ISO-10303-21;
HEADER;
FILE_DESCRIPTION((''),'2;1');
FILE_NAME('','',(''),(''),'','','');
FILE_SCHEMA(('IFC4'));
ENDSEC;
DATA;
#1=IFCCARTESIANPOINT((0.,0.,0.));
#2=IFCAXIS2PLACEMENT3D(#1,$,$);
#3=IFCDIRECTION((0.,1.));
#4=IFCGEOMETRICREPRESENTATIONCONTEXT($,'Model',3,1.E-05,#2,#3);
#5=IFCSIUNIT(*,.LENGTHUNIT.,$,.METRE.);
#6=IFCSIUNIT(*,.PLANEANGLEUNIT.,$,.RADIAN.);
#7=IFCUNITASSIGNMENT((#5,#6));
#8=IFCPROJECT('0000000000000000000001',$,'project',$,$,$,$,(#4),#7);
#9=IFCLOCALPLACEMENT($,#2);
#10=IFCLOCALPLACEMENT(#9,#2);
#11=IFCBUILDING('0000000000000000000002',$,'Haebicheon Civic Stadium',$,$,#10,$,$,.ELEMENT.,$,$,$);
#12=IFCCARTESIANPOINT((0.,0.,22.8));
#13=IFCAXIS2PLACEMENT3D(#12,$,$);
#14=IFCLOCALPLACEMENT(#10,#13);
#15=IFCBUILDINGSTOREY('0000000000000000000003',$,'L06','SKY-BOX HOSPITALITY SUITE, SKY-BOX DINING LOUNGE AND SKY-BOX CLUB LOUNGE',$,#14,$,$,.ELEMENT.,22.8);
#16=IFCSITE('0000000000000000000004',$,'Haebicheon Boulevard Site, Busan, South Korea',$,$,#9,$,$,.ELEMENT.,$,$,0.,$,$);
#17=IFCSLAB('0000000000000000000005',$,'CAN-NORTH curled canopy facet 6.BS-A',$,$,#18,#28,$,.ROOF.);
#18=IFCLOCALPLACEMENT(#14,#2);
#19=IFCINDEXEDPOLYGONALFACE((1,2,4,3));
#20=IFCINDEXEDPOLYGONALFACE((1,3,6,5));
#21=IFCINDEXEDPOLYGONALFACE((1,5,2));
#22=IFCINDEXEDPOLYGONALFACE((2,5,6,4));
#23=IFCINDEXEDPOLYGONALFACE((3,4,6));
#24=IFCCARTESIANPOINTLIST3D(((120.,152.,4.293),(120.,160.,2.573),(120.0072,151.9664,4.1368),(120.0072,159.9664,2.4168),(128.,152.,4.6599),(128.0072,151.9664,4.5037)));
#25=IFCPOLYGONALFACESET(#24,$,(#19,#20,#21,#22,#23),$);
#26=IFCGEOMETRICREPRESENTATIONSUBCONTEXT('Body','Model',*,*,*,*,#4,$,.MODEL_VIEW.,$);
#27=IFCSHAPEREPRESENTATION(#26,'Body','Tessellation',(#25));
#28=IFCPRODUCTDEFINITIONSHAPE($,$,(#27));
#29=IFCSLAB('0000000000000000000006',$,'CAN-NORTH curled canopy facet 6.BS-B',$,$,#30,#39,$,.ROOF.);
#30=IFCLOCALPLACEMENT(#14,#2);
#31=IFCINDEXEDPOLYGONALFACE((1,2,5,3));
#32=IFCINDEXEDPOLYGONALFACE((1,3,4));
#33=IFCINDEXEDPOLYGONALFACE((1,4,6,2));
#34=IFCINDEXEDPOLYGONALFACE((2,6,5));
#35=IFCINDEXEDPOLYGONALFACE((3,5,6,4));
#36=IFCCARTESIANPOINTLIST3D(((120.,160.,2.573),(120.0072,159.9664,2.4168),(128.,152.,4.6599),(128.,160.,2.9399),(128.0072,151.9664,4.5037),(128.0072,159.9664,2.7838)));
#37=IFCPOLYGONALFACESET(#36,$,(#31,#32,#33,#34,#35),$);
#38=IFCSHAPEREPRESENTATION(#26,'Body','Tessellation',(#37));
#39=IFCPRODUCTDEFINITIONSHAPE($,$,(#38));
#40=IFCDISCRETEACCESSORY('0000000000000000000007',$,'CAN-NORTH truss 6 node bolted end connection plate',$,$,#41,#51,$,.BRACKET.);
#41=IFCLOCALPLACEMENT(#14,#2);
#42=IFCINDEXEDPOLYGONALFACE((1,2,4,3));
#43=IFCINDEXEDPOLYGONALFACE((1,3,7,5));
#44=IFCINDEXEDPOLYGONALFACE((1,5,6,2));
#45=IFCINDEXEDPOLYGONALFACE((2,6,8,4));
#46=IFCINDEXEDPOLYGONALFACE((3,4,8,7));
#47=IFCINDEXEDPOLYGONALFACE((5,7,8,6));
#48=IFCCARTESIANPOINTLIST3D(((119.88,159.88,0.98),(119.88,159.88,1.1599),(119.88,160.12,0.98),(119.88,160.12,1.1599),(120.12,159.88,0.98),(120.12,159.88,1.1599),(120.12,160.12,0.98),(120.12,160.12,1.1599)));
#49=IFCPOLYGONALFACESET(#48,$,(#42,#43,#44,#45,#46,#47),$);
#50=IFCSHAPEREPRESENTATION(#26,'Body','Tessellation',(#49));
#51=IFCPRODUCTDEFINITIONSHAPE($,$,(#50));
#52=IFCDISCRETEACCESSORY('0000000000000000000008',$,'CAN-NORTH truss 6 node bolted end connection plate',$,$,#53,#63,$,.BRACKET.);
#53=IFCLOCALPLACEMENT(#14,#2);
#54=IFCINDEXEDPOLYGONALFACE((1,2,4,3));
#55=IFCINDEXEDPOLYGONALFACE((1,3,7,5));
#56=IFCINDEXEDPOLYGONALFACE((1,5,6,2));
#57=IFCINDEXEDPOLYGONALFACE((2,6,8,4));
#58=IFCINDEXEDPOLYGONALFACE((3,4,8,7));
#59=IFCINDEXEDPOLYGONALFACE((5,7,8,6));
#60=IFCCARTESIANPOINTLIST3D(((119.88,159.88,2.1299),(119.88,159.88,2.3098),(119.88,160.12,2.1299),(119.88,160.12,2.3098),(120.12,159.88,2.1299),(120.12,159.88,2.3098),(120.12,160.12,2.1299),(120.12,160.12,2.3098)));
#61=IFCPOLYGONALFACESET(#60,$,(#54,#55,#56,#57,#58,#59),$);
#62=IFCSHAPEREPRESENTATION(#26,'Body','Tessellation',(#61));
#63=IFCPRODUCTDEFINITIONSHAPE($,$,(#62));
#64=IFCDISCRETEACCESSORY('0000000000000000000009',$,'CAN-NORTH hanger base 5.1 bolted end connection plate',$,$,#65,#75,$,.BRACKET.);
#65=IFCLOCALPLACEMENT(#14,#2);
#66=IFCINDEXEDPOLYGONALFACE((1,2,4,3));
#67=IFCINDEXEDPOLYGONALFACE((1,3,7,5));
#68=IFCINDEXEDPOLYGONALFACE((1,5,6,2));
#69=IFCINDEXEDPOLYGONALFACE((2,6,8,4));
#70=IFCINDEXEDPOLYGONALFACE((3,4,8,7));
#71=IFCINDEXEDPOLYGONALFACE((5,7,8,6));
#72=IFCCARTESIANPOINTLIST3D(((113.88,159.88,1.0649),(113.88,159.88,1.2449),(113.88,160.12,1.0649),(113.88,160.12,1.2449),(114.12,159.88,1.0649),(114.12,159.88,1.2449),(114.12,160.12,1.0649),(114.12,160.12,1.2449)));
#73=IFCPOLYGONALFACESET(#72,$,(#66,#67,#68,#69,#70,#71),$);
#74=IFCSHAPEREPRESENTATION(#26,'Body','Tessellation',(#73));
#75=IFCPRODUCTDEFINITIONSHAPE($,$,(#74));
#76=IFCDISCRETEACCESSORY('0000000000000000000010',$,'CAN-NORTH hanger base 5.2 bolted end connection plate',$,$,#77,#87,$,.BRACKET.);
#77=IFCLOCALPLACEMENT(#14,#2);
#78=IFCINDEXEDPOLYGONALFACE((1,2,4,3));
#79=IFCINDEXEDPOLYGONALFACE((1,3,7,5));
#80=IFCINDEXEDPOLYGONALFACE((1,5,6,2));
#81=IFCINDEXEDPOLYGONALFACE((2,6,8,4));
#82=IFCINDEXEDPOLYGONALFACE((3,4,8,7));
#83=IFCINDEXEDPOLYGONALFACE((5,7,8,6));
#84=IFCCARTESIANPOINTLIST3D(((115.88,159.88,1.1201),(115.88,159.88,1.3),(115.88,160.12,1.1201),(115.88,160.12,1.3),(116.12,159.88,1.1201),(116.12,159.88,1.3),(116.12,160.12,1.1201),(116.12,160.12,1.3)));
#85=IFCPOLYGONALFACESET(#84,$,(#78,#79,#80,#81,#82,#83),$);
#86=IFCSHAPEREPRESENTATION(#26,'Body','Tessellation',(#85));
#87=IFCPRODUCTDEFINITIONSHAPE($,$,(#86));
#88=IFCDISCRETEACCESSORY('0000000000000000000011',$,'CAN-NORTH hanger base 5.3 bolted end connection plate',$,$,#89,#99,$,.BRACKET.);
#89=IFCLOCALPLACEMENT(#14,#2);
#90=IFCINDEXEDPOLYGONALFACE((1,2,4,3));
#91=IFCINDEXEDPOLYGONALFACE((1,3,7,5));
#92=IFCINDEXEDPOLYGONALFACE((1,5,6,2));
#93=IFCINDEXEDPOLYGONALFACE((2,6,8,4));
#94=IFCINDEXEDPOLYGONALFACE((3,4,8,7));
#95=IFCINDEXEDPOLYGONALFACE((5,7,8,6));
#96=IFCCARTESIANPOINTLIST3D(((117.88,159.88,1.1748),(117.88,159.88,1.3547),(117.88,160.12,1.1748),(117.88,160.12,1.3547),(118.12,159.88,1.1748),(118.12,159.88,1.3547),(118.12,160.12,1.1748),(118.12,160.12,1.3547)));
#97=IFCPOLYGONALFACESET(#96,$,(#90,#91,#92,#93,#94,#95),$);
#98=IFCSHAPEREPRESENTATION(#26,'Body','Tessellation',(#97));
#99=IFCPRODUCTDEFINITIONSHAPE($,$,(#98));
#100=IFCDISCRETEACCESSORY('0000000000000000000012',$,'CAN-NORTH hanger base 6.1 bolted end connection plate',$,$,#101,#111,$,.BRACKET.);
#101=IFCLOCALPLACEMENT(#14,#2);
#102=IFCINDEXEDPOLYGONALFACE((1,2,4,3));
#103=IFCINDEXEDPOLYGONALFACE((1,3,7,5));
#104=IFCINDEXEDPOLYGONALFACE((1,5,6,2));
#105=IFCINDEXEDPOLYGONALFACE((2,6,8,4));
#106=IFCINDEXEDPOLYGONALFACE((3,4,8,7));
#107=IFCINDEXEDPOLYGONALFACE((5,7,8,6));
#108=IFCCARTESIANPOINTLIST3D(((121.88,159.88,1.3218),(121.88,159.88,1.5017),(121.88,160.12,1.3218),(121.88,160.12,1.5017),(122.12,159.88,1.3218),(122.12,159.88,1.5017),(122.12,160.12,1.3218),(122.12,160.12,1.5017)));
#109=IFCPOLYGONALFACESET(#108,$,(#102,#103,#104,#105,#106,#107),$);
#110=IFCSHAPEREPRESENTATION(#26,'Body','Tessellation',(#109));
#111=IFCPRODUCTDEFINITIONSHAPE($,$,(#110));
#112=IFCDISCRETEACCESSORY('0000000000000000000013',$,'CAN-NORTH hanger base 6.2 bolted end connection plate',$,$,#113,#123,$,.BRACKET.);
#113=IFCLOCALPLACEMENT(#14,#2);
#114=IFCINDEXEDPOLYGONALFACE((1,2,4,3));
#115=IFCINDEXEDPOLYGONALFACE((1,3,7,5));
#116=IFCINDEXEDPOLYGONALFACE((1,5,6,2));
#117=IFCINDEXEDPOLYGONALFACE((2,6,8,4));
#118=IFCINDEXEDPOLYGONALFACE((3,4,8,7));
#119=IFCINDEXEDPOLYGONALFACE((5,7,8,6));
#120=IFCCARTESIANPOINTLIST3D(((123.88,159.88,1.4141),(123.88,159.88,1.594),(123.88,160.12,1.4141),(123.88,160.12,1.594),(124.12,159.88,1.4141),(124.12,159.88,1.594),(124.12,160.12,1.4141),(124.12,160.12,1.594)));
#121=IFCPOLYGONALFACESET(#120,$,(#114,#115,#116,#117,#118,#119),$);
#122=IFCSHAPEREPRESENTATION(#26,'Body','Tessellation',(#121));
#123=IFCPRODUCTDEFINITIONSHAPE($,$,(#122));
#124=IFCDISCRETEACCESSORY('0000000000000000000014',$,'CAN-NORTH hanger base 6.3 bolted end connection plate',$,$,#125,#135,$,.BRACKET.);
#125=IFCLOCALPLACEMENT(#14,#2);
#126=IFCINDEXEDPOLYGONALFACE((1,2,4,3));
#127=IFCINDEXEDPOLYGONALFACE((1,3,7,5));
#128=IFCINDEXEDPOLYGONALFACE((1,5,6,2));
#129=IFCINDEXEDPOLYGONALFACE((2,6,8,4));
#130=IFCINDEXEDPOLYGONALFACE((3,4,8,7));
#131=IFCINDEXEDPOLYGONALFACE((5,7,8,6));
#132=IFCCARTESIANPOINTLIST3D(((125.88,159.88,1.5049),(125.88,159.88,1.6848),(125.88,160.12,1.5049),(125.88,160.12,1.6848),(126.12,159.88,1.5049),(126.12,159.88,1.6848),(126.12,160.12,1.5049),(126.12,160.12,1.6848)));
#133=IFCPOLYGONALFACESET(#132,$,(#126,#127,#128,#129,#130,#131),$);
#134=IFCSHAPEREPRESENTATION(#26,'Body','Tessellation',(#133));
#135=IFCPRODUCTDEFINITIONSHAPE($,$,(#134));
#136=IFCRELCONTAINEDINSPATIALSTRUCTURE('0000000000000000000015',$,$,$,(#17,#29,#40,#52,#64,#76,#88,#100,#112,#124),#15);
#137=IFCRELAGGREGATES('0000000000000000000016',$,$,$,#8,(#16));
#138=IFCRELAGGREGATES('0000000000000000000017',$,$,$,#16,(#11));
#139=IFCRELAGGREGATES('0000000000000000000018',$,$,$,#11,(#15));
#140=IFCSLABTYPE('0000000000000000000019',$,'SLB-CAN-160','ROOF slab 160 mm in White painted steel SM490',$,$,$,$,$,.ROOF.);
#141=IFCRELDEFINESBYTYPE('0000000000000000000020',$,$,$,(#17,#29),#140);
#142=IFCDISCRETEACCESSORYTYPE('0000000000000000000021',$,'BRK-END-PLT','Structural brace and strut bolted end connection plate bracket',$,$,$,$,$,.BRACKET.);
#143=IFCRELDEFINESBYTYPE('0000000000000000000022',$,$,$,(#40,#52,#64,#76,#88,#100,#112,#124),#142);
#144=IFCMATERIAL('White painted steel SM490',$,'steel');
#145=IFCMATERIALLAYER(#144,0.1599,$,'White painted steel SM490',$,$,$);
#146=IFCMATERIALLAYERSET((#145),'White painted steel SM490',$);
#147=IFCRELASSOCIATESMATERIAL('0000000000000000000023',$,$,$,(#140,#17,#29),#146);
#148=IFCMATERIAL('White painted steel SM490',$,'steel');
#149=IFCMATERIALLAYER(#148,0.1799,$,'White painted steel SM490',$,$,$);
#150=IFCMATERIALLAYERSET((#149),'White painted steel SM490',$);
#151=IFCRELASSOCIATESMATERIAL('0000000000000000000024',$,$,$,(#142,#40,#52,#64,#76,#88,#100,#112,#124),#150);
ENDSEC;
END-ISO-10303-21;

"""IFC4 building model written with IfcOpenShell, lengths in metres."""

from ifc_helpers import new_model, si_unit, direction, frame, origin, origin_2d, place, context, subcontext, project, spatial, polyline, rectangle, outline, extrude, material, layer, layer_set, type_object, element, save


model = new_model("IFC4")

# Units and contexts
model_context = context("Model", 3, precision=1e-05, world=origin(), true_north=direction((0.0, 1.0)))
body_context = subcontext(model_context, "Body", "Model", "MODEL_VIEW")
ifc_project = project(units=[si_unit("LENGTHUNIT", "METRE"), si_unit("PLANEANGLEUNIT", "RADIAN")], contexts=[model_context])

# Site, building, storey
site_placement = place(None, origin())
site = spatial("IfcSite", under=ifc_project, at=site_placement, Name="Haebicheon Boulevard Site, Busan, South Korea", CompositionType="ELEMENT", RefElevation=0.0)
building_placement = place(site_placement, origin())
building = spatial("IfcBuilding", under=site, at=building_placement, Name="Haebicheon Civic Stadium", CompositionType="ELEMENT")
storey_placement = place(building_placement, frame((0.0, 0.0, 22.8)))
storey = spatial("IfcBuildingStorey", under=building, at=storey_placement, Name="L06", Description="SKY-BOX HOSPITALITY SUITE, SKY-BOX DINING LOUNGE AND SKY-BOX CLUB LOUNGE", CompositionType="ELEMENT", Elevation=22.8)

# Slabs
ifc_material_1 = material(Name="White painted steel SM490", Category="steel")
ifc_layer_1 = layer(ifc_material_1, 0.1599, Name="White painted steel SM490")
ifc_layer_set_1 = layer_set([ifc_layer_1], Name="White painted steel SM490")
slab_type = type_object("IfcSlabType", Name="SLB-CAN-160", Description="ROOF slab 160 mm in White painted steel SM490", PredefinedType="ROOF", material=ifc_layer_set_1)
slab_1_placement = place(storey_placement, frame((120.0, 160.0, 2.573), z_axis=(-0.044798, 0.209982, 0.976678), x_axis=(0.0, -0.97766, 0.210193)))
element("IfcSlab", 1, at=slab_1_placement, inside=storey, type_object=slab_type, material=ifc_layer_set_1, Name="CAN-NORTH curled canopy facet 6.BS-A", PredefinedType="ROOF", context=body_context, shape_type="SweptSolid", body=[
    extrude(outline(polyline([(0.0, 0.0), (8.1828, 0.0), (8.2599, 8.008), (0.0, 0.0)])), origin(), (0.0, 0.0, -1.0), 0.1599),
])
slab_2_placement = place(storey_placement, frame((120.0, 160.0, 2.573), z_axis=(-0.044798, 0.209982, 0.976678), x_axis=(0.695376, -0.695376, 0.181399)))
element("IfcSlab", 2, at=slab_2_placement, inside=storey, type_object=slab_type, material=ifc_layer_set_1, Name="CAN-NORTH curled canopy facet 6.BS-B", PredefinedType="ROOF", context=body_context, shape_type="SweptSolid", body=[
    extrude(outline(polyline([(0.0, 0.0), (11.5046, 0.0), (5.6296, 5.6958), (0.0, 0.0)])), origin(), (0.0, 0.0, -1.0), 0.1599),
])

# Discrete accessories
ifc_material_2 = material(Name="White painted steel SM490", Category="steel")
ifc_layer_2 = layer(ifc_material_2, 0.1799, Name="White painted steel SM490")
ifc_layer_set_2 = layer_set([ifc_layer_2], Name="White painted steel SM490")
discrete_accessory_type = type_object("IfcDiscreteAccessoryType", Name="BRK-END-PLT", Description="Structural brace and strut bolted end connection plate bracket", PredefinedType="BRACKET", material=ifc_layer_set_2)
for number, where, z_axis, x_axis, name in (
    (3, (120.0, 160.0, 0.98), (0.0, 0.0, 1.0), (1.0, 0.0, 0.0), "CAN-NORTH truss 6 node bolted end connection plate"),
    (4, (120.0, 160.0, 2.1299), (0.0, 0.0, 1.0), (1.0, 0.0, 0.0), "CAN-NORTH truss 6 node bolted end connection plate"),
    (5, (114.0, 160.0, 1.0649), (0.0, 0.0, 1.0), (1.0, 0.0, 0.0), "CAN-NORTH hanger base 5.1 bolted end connection plate"),
    (6, (116.0, 160.0, 1.1201), (0.0, 0.0, 1.0), (1.0, 0.0, 0.0), "CAN-NORTH hanger base 5.2 bolted end connection plate"),
    (7, (118.0, 160.0, 1.1748), (0.0, 0.0, 1.0), (1.0, 0.0, 0.0), "CAN-NORTH hanger base 5.3 bolted end connection plate"),
    (8, (122.0, 160.0, 1.3218), (0.0, 0.0, 1.0), (1.0, 0.0, 0.0), "CAN-NORTH hanger base 6.1 bolted end connection plate"),
    (9, (124.0, 160.0, 1.4141), (0.0, 0.0, 1.0), (1.0, 0.0, 0.0), "CAN-NORTH hanger base 6.2 bolted end connection plate"),
    (10, (126.0, 160.0, 1.5049), (0.0, 0.0, 1.0), (1.0, 0.0, 0.0), "CAN-NORTH hanger base 6.3 bolted end connection plate"),
):
    element("IfcDiscreteAccessory", number, at=place(storey_placement, frame(where, z_axis=z_axis, x_axis=x_axis)), inside=storey, type_object=discrete_accessory_type, material=ifc_layer_set_2, Name=name, PredefinedType="BRACKET", context=body_context, shape_type="SweptSolid", body=[
        extrude(rectangle(XDim=0.24, YDim=0.24, at=origin_2d()), origin(), (0.0, 0.0, 1.0), 0.1799),
    ])

save(model, "model.ifc")
